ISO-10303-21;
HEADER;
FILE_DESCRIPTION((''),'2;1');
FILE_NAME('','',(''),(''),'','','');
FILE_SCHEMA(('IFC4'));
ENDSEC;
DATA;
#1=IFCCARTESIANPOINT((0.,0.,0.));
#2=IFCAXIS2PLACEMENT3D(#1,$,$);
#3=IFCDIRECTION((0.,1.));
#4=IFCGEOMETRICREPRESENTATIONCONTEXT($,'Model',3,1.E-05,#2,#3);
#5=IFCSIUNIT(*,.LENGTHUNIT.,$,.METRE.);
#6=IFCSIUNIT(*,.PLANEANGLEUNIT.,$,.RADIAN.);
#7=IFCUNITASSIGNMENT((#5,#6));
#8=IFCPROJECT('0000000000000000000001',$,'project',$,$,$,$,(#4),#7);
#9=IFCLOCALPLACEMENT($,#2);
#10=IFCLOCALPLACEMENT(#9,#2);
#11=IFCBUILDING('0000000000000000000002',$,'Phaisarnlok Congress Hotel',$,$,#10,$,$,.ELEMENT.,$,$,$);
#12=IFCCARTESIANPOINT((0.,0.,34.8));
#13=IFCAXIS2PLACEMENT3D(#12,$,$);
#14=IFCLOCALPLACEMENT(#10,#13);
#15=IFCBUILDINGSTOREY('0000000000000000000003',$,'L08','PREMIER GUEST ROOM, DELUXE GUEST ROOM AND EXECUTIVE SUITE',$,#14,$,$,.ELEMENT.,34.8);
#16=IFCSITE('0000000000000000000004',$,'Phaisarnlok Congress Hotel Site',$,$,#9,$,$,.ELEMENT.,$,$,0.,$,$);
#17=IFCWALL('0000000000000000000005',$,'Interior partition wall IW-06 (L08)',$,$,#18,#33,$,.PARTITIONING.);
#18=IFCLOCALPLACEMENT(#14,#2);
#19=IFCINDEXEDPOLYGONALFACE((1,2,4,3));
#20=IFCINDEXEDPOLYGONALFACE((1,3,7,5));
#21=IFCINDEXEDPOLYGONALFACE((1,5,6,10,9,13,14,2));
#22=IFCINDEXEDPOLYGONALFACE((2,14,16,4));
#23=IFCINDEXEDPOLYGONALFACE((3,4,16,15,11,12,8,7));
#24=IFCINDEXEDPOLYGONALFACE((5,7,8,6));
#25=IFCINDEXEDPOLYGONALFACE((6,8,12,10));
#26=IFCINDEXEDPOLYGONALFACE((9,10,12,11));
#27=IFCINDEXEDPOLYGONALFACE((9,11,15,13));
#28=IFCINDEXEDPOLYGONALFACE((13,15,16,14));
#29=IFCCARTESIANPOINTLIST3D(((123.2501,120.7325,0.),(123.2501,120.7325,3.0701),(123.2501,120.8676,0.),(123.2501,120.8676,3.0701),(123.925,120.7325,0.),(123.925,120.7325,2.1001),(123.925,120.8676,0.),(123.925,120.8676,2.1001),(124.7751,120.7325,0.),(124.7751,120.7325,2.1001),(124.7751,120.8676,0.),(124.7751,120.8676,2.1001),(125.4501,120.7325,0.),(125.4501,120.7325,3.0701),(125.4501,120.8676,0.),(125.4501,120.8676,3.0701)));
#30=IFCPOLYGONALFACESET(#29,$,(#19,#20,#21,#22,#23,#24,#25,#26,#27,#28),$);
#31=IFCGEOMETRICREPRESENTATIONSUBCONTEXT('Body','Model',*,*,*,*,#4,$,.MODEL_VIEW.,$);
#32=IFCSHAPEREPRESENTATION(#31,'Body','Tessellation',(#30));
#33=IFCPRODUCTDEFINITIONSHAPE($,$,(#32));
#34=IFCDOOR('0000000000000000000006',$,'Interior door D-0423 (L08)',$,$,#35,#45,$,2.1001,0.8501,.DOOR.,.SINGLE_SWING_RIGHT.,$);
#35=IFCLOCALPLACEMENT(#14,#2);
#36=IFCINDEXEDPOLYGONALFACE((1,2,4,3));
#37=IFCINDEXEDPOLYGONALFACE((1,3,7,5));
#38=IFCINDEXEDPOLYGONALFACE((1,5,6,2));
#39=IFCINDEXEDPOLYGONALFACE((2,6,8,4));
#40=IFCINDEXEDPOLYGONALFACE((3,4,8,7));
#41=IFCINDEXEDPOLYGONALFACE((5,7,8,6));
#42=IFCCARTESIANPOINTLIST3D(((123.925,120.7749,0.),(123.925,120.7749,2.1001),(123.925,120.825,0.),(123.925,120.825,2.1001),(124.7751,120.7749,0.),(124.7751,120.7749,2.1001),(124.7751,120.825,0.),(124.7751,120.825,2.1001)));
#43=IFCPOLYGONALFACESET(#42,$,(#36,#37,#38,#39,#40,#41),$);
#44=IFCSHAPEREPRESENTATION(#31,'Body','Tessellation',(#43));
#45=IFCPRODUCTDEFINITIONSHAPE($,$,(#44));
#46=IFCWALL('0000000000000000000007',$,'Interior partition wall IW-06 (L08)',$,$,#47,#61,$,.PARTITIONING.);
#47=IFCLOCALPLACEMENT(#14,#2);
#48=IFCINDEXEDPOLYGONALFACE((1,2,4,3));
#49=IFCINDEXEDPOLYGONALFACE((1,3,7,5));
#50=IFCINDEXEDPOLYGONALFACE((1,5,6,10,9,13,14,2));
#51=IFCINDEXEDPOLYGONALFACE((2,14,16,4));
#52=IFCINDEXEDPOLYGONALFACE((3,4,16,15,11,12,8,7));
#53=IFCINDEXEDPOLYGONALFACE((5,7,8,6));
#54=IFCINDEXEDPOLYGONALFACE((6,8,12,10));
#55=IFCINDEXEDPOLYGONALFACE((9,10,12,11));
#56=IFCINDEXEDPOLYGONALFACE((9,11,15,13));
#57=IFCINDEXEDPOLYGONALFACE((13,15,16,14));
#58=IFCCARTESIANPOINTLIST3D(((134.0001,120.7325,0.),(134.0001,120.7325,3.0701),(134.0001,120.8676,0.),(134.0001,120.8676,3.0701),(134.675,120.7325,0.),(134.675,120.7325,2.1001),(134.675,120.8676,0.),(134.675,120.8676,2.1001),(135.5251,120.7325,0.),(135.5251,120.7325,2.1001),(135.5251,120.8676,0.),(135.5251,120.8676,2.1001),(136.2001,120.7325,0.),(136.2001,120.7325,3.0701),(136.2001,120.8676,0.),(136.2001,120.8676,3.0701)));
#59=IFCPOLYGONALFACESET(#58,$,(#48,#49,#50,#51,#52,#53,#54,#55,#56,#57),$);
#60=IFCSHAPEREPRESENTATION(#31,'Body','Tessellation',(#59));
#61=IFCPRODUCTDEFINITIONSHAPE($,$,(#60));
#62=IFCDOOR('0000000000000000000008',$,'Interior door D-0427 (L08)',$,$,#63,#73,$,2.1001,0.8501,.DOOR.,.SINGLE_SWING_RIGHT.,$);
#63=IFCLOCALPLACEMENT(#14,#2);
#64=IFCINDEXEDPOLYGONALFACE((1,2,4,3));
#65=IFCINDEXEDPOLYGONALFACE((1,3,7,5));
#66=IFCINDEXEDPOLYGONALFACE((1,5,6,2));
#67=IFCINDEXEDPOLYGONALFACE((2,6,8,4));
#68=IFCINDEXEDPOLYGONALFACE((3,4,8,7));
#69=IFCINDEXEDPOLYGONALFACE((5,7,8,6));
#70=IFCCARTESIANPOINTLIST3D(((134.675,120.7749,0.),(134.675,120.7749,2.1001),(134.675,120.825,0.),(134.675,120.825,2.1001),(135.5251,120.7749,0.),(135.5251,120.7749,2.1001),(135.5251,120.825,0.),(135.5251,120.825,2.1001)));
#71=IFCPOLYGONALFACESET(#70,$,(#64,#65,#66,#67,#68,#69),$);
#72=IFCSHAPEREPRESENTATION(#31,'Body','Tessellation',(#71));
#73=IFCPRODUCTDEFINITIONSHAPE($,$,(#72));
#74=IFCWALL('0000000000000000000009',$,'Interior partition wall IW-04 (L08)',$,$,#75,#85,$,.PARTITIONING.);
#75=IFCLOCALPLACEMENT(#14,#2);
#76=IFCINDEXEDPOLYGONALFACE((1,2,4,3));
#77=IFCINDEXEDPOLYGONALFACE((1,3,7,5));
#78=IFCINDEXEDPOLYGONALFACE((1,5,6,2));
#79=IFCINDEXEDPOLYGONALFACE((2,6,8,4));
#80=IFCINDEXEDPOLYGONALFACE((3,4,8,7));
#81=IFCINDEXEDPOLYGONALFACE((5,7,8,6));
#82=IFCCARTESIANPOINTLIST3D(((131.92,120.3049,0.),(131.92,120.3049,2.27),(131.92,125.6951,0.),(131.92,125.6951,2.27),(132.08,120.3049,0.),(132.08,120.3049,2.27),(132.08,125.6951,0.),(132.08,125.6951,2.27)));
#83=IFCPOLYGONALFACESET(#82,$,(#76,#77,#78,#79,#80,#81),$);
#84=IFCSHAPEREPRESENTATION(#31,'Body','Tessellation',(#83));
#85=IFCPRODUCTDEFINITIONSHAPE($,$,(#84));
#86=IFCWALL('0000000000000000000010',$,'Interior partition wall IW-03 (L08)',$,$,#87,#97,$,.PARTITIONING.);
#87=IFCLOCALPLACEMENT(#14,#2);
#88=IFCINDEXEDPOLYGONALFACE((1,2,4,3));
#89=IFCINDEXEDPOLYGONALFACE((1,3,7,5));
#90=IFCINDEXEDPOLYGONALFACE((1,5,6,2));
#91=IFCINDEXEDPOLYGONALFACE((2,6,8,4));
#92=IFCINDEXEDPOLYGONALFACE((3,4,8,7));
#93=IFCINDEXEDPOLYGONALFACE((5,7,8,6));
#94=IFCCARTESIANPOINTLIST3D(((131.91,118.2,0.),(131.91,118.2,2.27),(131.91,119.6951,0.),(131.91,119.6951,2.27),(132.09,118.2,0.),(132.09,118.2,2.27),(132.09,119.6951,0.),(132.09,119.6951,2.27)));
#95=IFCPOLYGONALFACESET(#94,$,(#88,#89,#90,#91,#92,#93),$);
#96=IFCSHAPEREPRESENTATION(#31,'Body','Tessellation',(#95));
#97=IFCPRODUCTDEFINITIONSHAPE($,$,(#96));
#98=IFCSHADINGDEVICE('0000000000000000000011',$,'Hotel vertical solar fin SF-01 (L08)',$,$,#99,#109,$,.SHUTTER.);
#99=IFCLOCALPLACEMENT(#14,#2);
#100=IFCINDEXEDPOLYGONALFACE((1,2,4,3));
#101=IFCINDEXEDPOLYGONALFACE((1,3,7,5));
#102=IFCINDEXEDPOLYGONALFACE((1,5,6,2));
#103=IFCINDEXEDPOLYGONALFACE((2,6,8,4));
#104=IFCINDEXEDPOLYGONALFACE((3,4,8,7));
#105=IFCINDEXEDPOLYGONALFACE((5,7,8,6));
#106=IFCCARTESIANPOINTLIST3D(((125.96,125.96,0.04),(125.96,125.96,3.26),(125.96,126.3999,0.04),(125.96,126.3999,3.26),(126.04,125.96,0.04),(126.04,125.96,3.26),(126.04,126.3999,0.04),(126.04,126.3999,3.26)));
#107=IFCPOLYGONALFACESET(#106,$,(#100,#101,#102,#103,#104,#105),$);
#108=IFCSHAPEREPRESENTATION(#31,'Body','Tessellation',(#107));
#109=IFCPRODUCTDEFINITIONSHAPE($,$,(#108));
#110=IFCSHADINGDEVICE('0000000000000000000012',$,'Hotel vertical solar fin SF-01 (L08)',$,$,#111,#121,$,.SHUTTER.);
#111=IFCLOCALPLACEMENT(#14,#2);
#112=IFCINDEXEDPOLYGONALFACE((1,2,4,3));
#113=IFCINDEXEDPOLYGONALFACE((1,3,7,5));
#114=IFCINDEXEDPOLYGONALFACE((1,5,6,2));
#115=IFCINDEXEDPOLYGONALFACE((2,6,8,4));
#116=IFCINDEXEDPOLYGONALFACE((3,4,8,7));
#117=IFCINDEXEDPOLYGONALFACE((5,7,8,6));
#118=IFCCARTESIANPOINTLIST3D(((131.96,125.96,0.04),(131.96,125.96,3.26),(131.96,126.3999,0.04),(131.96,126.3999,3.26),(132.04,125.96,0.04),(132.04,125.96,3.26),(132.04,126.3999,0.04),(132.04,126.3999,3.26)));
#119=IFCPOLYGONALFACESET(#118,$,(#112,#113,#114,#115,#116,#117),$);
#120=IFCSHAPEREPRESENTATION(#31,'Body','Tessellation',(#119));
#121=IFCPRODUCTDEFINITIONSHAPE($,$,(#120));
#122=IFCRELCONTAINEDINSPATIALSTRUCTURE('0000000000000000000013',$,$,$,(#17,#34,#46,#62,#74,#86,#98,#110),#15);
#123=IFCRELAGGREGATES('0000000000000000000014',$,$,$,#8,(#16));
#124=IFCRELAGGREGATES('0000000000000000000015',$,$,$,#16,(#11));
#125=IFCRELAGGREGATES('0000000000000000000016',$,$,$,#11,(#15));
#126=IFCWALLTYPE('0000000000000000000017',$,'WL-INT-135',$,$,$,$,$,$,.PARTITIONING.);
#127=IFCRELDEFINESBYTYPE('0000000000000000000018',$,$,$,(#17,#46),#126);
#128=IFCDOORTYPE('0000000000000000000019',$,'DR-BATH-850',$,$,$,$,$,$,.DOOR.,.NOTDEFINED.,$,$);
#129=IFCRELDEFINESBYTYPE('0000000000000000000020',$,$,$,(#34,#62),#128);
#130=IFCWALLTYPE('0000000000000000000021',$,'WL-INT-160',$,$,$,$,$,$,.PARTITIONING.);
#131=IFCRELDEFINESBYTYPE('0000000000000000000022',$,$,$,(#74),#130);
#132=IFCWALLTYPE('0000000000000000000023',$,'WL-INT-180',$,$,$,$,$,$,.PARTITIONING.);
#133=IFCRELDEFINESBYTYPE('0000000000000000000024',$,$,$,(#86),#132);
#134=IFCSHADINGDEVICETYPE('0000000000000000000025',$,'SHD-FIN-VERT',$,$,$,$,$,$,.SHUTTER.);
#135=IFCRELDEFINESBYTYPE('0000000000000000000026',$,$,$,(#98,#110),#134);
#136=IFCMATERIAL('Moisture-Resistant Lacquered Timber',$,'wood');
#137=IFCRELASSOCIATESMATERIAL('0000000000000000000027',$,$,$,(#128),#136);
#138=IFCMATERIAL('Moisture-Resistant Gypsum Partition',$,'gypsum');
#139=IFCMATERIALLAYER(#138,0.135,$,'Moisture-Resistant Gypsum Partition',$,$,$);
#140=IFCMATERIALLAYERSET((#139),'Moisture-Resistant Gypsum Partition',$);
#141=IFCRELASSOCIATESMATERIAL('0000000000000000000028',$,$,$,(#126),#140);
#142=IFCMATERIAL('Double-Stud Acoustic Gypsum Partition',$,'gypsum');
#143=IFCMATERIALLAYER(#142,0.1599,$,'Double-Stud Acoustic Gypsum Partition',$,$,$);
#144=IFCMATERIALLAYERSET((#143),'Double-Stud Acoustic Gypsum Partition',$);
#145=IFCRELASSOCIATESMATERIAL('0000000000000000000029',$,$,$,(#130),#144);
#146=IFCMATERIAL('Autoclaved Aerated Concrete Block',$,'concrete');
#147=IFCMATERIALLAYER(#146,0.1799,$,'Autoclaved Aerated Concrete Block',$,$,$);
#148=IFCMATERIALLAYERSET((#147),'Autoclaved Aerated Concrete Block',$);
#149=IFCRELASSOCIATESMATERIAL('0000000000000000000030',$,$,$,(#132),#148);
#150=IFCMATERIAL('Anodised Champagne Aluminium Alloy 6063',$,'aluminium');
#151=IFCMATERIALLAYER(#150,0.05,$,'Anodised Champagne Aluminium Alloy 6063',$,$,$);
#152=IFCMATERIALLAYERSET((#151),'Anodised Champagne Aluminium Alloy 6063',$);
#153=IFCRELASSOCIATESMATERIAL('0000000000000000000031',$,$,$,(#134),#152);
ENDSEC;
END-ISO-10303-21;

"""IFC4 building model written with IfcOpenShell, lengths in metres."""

from ifc_helpers import new_model, si_unit, direction, frame, frame_2d, origin, origin_2d, place, context, subcontext, project, spatial, rectangle, extrude, material, layer, layer_set, type_object, element, fill, save


model = new_model("IFC4")

# Units and contexts
model_context = context("Model", 3, precision=1e-05, world=origin(), true_north=direction((0.0, 1.0)))
body_context = subcontext(model_context, "Body", "Model", "MODEL_VIEW")
ifc_project = project(units=[si_unit("LENGTHUNIT", "METRE"), si_unit("PLANEANGLEUNIT", "RADIAN")], contexts=[model_context])

# Site, building, storey
site_placement = place(None, origin())
site = spatial("IfcSite", under=ifc_project, at=site_placement, Name="Phaisarnlok Congress Hotel Site", CompositionType="ELEMENT", RefElevation=0.0)
building_placement = place(site_placement, origin())
building = spatial("IfcBuilding", under=site, at=building_placement, Name="Phaisarnlok Congress Hotel", CompositionType="ELEMENT")
storey_placement = place(building_placement, frame((0.0, 0.0, 34.8)))
storey = spatial("IfcBuildingStorey", under=building, at=storey_placement, Name="L08", Description="PREMIER GUEST ROOM, DELUXE GUEST ROOM AND EXECUTIVE SUITE", CompositionType="ELEMENT", Elevation=34.8)

# Shared definitions
ifc_material_1 = material(Name="Moisture-Resistant Lacquered Timber", Category="wood")
door_type = type_object("IfcDoorType", Name="DR-BATH-850", OperationType="NOTDEFINED", PredefinedType="DOOR", material=ifc_material_1)

# Shared definitions
ifc_material_2 = material(Name="Moisture-Resistant Gypsum Partition", Category="gypsum")
ifc_layer_1 = layer(ifc_material_2, 0.135, Name="Moisture-Resistant Gypsum Partition")
ifc_layer_set_1 = layer_set([ifc_layer_1], Name="Moisture-Resistant Gypsum Partition")
wall_type_1 = type_object("IfcWallType", Name="WL-INT-135", PredefinedType="PARTITIONING", material=ifc_layer_set_1)

# Walls, openings, doors
wall_1_placement = place(storey_placement, frame((123.25, 120.8, 0.0), z_axis=(0.0, 0.0, 1.0), x_axis=(1.0, 0.0, 0.0)))
wall_1 = element("IfcWall", 1, at=wall_1_placement, inside=storey, type_object=wall_type_1, Name="Interior partition wall IW-06 (L08)", PredefinedType="PARTITIONING", context=body_context, shape_type="SweptSolid", body=[
    extrude(rectangle(XDim=2.2, YDim=0.135, at=frame_2d((1.1001, 0.0))), origin(), (0.0, 0.0, 1.0), 3.0701),
])
opening_1_placement = place(wall_1_placement, frame((0.675, 0.0, 0.0)))
opening_1 = element("IfcOpeningElement", 2, at=opening_1_placement, cuts=wall_1, PredefinedType="OPENING", context=body_context, shape_type="SweptSolid", body=[
    extrude(rectangle(XDim=0.8501, YDim=2.1001, at=frame_2d((0.425, 1.05))), frame((0.0, 0.0776, 0.0), z_axis=(0.0, -1.0, 0.0), x_axis=(1.0, 0.0, 0.0)), (0.0, 0.0, 1.0), 0.155),
])
door_1_placement = place(opening_1_placement, origin())
door_1 = element("IfcDoor", 3, at=door_1_placement, inside=storey, type_object=door_type, Name="Interior door D-0423 (L08)", OperationType="SINGLE_SWING_RIGHT", OverallHeight=2.1001, OverallWidth=0.8501, PredefinedType="DOOR", context=body_context, shape_type="SweptSolid", body=[
    extrude(rectangle(XDim=0.8501, YDim=2.1001, at=frame_2d((0.425, 1.05))), frame((0.0, 0.0249, 0.0), z_axis=(0.0, -1.0, 0.0), x_axis=(1.0, 0.0, 0.0)), (0.0, 0.0, 1.0), 0.05),
])
fill(opening_1, door_1)
wall_2_placement = place(storey_placement, frame((134.0, 120.8, 0.0), z_axis=(0.0, 0.0, 1.0), x_axis=(1.0, 0.0, 0.0)))
wall_2 = element("IfcWall", 4, at=wall_2_placement, inside=storey, type_object=wall_type_1, Name="Interior partition wall IW-06 (L08)", PredefinedType="PARTITIONING", context=body_context, shape_type="SweptSolid", body=[
    extrude(rectangle(XDim=2.2, YDim=0.135, at=frame_2d((1.1001, 0.0))), origin(), (0.0, 0.0, 1.0), 3.0701),
])
opening_2_placement = place(wall_2_placement, frame((0.675, 0.0, 0.0)))
opening_2 = element("IfcOpeningElement", 5, at=opening_2_placement, cuts=wall_2, PredefinedType="OPENING", context=body_context, shape_type="SweptSolid", body=[
    extrude(rectangle(XDim=0.8501, YDim=2.1001, at=frame_2d((0.425, 1.05))), frame((0.0, 0.0776, 0.0), z_axis=(0.0, -1.0, 0.0), x_axis=(1.0, 0.0, 0.0)), (0.0, 0.0, 1.0), 0.155),
])
door_2_placement = place(opening_2_placement, origin())
door_2 = element("IfcDoor", 6, at=door_2_placement, inside=storey, type_object=door_type, Name="Interior door D-0427 (L08)", OperationType="SINGLE_SWING_RIGHT", OverallHeight=2.1001, OverallWidth=0.8501, PredefinedType="DOOR", context=body_context, shape_type="SweptSolid", body=[
    extrude(rectangle(XDim=0.8501, YDim=2.1001, at=frame_2d((0.425, 1.05))), frame((0.0, 0.0249, 0.0), z_axis=(0.0, -1.0, 0.0), x_axis=(1.0, 0.0, 0.0)), (0.0, 0.0, 1.0), 0.05),
])
fill(opening_2, door_2)

# Walls
ifc_material_3 = material(Name="Double-Stud Acoustic Gypsum Partition", Category="gypsum")
ifc_layer_2 = layer(ifc_material_3, 0.1599, Name="Double-Stud Acoustic Gypsum Partition")
ifc_layer_set_2 = layer_set([ifc_layer_2], Name="Double-Stud Acoustic Gypsum Partition")
wall_type_2 = type_object("IfcWallType", Name="WL-INT-160", PredefinedType="PARTITIONING", material=ifc_layer_set_2)
wall_3_placement = place(storey_placement, frame((132.0, 120.3049, 0.0), z_axis=(0.0, 0.0, 1.0), x_axis=(0.0, 1.0, 0.0)))
element("IfcWall", 7, at=wall_3_placement, inside=storey, type_object=wall_type_2, Name="Interior partition wall IW-04 (L08)", PredefinedType="PARTITIONING", context=body_context, shape_type="SweptSolid", body=[
    extrude(rectangle(XDim=5.3901, YDim=0.1599, at=frame_2d((2.6951, 0.0))), origin(), (0.0, 0.0, 1.0), 2.27),
])
ifc_material_4 = material(Name="Autoclaved Aerated Concrete Block", Category="concrete")
ifc_layer_3 = layer(ifc_material_4, 0.1799, Name="Autoclaved Aerated Concrete Block")
ifc_layer_set_3 = layer_set([ifc_layer_3], Name="Autoclaved Aerated Concrete Block")
wall_type_3 = type_object("IfcWallType", Name="WL-INT-180", PredefinedType="PARTITIONING", material=ifc_layer_set_3)
wall_4_placement = place(storey_placement, frame((132.0, 118.2, 0.0), z_axis=(0.0, 0.0, 1.0), x_axis=(0.0, 1.0, 0.0)))
element("IfcWall", 8, at=wall_4_placement, inside=storey, type_object=wall_type_3, Name="Interior partition wall IW-03 (L08)", PredefinedType="PARTITIONING", context=body_context, shape_type="SweptSolid", body=[
    extrude(rectangle(XDim=1.4951, YDim=0.1799, at=frame_2d((0.7476, 0.0))), origin(), (0.0, 0.0, 1.0), 2.27),
])

# Shading devices
ifc_material_5 = material(Name="Anodised Champagne Aluminium Alloy 6063", Category="aluminium")
ifc_layer_4 = layer(ifc_material_5, 0.05, Name="Anodised Champagne Aluminium Alloy 6063")
ifc_layer_set_4 = layer_set([ifc_layer_4], Name="Anodised Champagne Aluminium Alloy 6063")
shading_device_type = type_object("IfcShadingDeviceType", Name="SHD-FIN-VERT", PredefinedType="SHUTTER", material=ifc_layer_set_4)
for number, where, z_axis, x_axis, name in (
    (9, (126.0, 126.1799, 0.04), (0.0, 0.0, 1.0), (1.0, 0.0, 0.0), "Hotel vertical solar fin SF-01 (L08)"),
    (10, (132.0, 126.1799, 0.04), (0.0, 0.0, 1.0), (1.0, 0.0, 0.0), "Hotel vertical solar fin SF-01 (L08)"),
):
    element("IfcShadingDevice", number, at=place(storey_placement, frame(where, z_axis=z_axis, x_axis=x_axis)), inside=storey, type_object=shading_device_type, Name=name, PredefinedType="SHUTTER", context=body_context, shape_type="SweptSolid", body=[
        extrude(rectangle(XDim=0.0801, YDim=0.4399, at=origin_2d()), origin(), (0.0, 0.0, 1.0), 3.22),
    ])

save(model, "model.ifc")
